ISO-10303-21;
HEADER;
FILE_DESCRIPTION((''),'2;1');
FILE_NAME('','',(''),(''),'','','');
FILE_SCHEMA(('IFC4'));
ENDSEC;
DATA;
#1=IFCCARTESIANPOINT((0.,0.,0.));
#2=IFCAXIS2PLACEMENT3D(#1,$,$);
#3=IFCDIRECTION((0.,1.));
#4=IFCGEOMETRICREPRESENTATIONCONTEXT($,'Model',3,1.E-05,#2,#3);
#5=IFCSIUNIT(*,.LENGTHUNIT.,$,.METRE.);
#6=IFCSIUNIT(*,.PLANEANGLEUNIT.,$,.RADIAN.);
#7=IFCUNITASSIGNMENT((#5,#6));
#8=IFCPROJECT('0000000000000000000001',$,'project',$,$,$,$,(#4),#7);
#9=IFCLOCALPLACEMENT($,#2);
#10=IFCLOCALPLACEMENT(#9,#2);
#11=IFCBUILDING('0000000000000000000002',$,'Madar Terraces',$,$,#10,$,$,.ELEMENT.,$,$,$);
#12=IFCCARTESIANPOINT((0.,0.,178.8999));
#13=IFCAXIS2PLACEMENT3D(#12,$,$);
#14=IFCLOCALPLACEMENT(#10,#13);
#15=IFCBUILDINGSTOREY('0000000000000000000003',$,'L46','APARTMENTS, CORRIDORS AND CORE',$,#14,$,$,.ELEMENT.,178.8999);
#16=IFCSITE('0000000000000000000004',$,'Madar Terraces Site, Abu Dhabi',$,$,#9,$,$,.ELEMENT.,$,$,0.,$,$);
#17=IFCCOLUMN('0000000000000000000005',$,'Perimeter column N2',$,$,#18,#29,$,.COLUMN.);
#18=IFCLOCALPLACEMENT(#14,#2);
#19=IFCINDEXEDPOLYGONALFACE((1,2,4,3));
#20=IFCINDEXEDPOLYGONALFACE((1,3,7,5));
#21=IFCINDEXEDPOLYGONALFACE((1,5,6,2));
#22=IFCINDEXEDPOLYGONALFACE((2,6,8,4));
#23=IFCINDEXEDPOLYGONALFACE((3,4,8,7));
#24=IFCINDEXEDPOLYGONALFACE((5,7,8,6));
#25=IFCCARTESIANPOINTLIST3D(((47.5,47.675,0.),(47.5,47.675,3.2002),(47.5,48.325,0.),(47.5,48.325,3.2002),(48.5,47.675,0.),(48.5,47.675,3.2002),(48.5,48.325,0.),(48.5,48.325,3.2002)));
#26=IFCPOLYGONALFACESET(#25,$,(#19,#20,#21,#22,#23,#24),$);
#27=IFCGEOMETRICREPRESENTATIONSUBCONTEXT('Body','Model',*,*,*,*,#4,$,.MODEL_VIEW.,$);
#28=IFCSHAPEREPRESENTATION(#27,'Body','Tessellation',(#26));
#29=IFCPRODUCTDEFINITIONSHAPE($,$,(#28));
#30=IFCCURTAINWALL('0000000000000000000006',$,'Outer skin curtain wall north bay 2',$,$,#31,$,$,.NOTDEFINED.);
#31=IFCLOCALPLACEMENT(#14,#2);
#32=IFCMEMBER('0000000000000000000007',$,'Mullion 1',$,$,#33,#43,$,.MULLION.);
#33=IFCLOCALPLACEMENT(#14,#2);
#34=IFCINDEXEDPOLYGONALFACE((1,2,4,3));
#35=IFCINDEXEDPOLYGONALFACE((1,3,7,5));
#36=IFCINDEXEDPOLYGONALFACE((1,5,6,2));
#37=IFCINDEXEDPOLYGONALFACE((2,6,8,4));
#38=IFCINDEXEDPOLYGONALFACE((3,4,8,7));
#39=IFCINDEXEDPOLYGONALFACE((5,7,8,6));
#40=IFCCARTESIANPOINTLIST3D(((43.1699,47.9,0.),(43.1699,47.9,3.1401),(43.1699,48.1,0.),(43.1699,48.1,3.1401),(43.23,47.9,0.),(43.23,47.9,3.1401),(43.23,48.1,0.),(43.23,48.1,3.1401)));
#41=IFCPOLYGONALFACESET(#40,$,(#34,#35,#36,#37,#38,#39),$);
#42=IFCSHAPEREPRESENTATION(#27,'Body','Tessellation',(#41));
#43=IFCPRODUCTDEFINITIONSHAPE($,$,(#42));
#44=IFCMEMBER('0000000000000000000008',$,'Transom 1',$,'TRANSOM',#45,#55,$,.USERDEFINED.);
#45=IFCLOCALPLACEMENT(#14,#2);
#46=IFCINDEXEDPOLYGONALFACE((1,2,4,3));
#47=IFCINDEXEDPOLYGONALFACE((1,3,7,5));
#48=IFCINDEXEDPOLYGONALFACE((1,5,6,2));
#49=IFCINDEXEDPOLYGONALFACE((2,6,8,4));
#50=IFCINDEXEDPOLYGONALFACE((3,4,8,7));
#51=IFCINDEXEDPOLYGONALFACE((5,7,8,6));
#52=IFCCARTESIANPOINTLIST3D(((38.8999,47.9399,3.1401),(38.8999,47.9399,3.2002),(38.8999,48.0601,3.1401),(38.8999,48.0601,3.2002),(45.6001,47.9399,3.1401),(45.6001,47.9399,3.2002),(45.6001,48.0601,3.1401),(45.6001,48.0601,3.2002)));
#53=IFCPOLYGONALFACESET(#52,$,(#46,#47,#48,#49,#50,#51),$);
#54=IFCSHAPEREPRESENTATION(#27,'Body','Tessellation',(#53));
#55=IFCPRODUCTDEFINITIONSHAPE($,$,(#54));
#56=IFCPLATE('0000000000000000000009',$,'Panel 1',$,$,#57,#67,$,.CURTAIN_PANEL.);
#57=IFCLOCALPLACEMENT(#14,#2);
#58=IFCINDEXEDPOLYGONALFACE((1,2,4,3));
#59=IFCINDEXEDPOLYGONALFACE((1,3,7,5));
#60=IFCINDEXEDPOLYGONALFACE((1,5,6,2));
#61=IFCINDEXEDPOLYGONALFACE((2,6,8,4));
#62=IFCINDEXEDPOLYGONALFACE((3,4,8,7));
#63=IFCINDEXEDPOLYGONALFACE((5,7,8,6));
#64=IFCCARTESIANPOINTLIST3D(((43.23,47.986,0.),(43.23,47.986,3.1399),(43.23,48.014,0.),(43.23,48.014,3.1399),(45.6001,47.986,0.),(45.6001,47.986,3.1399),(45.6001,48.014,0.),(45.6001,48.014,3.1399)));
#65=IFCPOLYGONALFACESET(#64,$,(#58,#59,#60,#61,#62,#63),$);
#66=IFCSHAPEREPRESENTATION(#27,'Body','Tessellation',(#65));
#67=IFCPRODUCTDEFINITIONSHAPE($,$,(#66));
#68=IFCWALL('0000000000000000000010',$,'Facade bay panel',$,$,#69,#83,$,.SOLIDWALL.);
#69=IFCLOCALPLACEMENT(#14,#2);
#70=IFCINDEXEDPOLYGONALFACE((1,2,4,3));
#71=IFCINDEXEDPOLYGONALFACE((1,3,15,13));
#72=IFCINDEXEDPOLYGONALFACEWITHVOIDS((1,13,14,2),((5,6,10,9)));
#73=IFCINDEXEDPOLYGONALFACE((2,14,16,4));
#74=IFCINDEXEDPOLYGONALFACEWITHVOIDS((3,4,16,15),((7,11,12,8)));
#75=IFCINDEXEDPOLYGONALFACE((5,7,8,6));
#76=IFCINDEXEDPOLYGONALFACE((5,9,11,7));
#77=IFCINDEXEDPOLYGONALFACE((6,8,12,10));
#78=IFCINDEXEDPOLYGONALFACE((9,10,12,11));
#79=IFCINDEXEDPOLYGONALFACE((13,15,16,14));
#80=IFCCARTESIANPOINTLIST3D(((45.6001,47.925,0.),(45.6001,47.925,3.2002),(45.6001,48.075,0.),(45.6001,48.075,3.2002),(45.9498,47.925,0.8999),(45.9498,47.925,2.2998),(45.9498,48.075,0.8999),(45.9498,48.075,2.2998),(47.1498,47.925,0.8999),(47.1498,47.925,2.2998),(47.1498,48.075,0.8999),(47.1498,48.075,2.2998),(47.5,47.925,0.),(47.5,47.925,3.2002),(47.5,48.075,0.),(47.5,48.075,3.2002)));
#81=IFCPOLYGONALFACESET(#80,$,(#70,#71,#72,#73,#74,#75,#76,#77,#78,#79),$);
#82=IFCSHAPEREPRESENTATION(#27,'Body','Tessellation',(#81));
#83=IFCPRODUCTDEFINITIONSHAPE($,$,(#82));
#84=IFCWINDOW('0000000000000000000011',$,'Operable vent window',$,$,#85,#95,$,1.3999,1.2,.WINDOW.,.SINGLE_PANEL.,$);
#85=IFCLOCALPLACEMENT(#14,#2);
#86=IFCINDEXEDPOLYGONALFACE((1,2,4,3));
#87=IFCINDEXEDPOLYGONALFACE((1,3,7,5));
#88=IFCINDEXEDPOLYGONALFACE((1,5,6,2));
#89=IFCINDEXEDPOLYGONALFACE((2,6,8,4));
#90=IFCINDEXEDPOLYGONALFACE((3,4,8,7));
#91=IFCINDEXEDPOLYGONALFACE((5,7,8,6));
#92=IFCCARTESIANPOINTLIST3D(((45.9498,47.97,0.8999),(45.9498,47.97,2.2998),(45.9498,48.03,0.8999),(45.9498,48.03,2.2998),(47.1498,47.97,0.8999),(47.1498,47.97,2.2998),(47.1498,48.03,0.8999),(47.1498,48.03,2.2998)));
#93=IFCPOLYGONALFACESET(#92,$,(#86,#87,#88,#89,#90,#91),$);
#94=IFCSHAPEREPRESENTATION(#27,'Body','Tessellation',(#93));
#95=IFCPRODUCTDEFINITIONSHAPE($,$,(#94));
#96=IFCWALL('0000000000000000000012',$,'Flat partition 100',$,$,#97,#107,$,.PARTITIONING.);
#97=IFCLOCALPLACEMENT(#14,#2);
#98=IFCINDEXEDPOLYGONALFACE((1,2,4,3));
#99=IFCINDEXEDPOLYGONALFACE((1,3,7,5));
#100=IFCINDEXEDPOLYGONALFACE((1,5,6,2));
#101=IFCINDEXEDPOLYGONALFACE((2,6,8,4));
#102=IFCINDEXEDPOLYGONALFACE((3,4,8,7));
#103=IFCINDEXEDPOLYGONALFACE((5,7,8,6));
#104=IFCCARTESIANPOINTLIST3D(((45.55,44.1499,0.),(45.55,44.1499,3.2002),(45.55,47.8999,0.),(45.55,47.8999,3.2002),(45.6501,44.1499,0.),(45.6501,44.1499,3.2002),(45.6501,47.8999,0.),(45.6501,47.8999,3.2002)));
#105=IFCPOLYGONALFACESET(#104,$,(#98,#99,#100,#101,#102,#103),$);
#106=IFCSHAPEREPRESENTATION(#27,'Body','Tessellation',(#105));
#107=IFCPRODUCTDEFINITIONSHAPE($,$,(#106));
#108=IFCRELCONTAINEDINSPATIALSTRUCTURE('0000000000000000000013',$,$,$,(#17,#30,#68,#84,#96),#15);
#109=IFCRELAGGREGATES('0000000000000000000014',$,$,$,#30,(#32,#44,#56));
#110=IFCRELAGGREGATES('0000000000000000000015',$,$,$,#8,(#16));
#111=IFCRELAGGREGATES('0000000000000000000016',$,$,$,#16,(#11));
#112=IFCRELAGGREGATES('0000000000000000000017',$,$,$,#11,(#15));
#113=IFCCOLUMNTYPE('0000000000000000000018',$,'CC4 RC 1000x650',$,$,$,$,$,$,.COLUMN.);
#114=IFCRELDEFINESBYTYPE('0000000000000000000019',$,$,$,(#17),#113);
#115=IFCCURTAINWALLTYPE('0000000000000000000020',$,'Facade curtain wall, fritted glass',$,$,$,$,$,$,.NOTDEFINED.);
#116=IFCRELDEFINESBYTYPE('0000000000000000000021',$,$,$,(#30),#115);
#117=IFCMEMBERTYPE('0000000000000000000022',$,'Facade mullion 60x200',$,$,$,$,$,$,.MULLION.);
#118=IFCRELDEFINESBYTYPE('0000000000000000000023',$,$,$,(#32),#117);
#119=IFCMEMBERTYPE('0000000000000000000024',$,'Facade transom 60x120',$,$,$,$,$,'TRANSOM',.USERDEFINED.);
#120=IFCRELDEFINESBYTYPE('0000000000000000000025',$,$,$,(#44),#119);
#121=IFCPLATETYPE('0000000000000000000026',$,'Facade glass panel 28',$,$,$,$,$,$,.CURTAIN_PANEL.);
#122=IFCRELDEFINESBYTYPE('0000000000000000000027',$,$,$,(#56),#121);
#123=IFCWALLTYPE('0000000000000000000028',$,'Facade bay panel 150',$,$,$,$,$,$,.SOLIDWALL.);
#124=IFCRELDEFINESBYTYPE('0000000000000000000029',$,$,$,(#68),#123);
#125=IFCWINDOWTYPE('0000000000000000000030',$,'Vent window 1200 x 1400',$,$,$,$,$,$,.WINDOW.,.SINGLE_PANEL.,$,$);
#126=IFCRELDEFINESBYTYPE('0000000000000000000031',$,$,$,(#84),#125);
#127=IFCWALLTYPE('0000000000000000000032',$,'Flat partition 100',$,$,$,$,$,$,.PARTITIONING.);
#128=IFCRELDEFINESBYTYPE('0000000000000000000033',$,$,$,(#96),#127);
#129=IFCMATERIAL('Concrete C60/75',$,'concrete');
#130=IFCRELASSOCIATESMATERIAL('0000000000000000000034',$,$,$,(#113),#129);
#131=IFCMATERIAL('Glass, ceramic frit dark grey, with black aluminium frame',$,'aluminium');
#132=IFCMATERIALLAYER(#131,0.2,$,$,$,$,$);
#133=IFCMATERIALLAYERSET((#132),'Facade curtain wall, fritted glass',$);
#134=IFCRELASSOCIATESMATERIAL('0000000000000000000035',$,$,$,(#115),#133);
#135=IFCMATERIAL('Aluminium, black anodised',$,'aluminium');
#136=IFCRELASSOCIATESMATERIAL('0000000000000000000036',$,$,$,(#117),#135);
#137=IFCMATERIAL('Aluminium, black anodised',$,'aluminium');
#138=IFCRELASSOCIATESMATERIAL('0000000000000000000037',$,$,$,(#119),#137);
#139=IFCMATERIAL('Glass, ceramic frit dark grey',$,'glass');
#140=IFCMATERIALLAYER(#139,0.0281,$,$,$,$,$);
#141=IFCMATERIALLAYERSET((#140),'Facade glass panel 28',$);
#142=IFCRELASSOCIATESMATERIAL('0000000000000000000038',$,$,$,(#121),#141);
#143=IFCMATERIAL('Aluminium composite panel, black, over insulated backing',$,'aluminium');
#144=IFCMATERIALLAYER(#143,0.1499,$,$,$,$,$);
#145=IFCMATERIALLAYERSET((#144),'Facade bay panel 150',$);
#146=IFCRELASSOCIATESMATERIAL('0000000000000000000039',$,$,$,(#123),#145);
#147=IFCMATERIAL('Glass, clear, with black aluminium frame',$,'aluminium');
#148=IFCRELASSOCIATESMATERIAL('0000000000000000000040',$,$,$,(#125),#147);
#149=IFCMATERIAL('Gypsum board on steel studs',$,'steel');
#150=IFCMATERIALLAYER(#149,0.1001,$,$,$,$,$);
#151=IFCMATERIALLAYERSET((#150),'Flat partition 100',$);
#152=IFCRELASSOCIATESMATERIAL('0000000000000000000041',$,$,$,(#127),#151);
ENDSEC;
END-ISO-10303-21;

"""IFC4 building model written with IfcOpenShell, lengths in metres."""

from ifc_helpers import new_model, si_unit, direction, frame, frame_2d, origin, origin_2d, place, context, subcontext, project, spatial, rectangle, extrude, material, layer, layer_set, material_profile, profile_set, type_object, element, fill, aggregate, save


model = new_model("IFC4")

# Units and contexts
model_context = context("Model", 3, precision=1e-05, world=origin(), true_north=direction((0.0, 1.0)))
body_context = subcontext(model_context, "Body", "Model", "MODEL_VIEW")
ifc_project = project(units=[si_unit("LENGTHUNIT", "METRE"), si_unit("PLANEANGLEUNIT", "RADIAN")], contexts=[model_context])

# Site, building, storey
site_placement = place(None, origin())
site = spatial("IfcSite", under=ifc_project, at=site_placement, Name="Madar Terraces Site, Abu Dhabi", CompositionType="ELEMENT", RefElevation=0.0)
building_placement = place(site_placement, origin())
building = spatial("IfcBuilding", under=site, at=building_placement, Name="Madar Terraces", CompositionType="ELEMENT")
storey_placement = place(building_placement, frame((0.0, 0.0, 178.8999)))
storey = spatial("IfcBuildingStorey", under=building, at=storey_placement, Name="L46", Description="APARTMENTS, CORRIDORS AND CORE", CompositionType="ELEMENT", Elevation=178.8999)

# Column
ifc_material_1 = material(Name="Concrete C60/75", Category="concrete")
ifc_material_profile_1 = material_profile(ifc_material_1, rectangle(XDim=1.0, YDim=0.6499, at=origin_2d()), Name="CC4 RC 1000x650")
ifc_profile_set_1 = profile_set([ifc_material_profile_1], Name="Concrete C60/75")
column_type = type_object("IfcColumnType", Name="CC4 RC 1000x650", PredefinedType="COLUMN", material=ifc_profile_set_1)
column_placement = place(storey_placement, frame((48.0, 48.0, 0.0), z_axis=(0.0, 0.0, 1.0), x_axis=(1.0, 0.0, 0.0)))
element("IfcColumn", 1, at=column_placement, inside=storey, type_object=column_type, Name="Perimeter column N2", PredefinedType="COLUMN", context=body_context, shape_type="SweptSolid", body=[
    extrude(rectangle(XDim=1.0, YDim=0.6499, at=origin_2d()), origin(), (0.0, 0.0, 1.0), 3.2002),
])

# Curtain wall, members, plate
ifc_material_2 = material(Name="Glass, ceramic frit dark grey, with black aluminium frame", Category="aluminium")
ifc_layer_1 = layer(ifc_material_2, 0.2)
ifc_layer_set_1 = layer_set([ifc_layer_1], Name="Facade curtain wall, fritted glass")
curtain_wall_type = type_object("IfcCurtainWallType", Name="Facade curtain wall, fritted glass", PredefinedType="NOTDEFINED", material=ifc_layer_set_1)
curtain_wall_placement = place(storey_placement, origin())
curtain_wall = element("IfcCurtainWall", 2, at=curtain_wall_placement, inside=storey, type_object=curtain_wall_type, Name="Outer skin curtain wall north bay 2", PredefinedType="NOTDEFINED")
ifc_material_3 = material(Name="Aluminium, black anodised", Category="aluminium")
ifc_material_profile_2 = material_profile(ifc_material_3, rectangle(XDim=0.2, YDim=0.0601, at=origin_2d()), Name="Facade mullion 60x200")
ifc_profile_set_2 = profile_set([ifc_material_profile_2], Name="Aluminium, black anodised")
member_type_1 = type_object("IfcMemberType", Name="Facade mullion 60x200", PredefinedType="MULLION", material=ifc_profile_set_2)
member_1_placement = place(storey_placement, frame((43.2, 48.0, 0.0), z_axis=(0.0, 0.0, 1.0), x_axis=(0.0, -1.0, 0.0)))
member_1 = element("IfcMember", 3, at=member_1_placement, type_object=member_type_1, Name="Mullion 1", PredefinedType="MULLION", context=body_context, shape_type="SweptSolid", body=[
    extrude(rectangle(XDim=0.2, YDim=0.0601, at=origin_2d()), origin(), (0.0, 0.0, 1.0), 3.1401),
])
ifc_material_4 = material(Name="Aluminium, black anodised", Category="aluminium")
ifc_material_profile_3 = material_profile(ifc_material_4, rectangle(XDim=0.1201, YDim=0.0601, at=origin_2d()), Name="Facade transom 60x120")
ifc_profile_set_3 = profile_set([ifc_material_profile_3], Name="Aluminium, black anodised")
member_type_2 = type_object("IfcMemberType", Name="Facade transom 60x120", ElementType="TRANSOM", PredefinedType="USERDEFINED", material=ifc_profile_set_3)
member_2_placement = place(storey_placement, frame((45.6001, 48.0, 3.1702), z_axis=(-1.0, 0.0, 0.0), x_axis=(0.0, -1.0, 0.0)))
member_2 = element("IfcMember", 4, at=member_2_placement, type_object=member_type_2, Name="Transom 1", ObjectType="TRANSOM", PredefinedType="USERDEFINED", context=body_context, shape_type="SweptSolid", body=[
    extrude(rectangle(XDim=0.1201, YDim=0.0601, at=origin_2d()), origin(), (0.0, 0.0, 1.0), 6.7002),
])
ifc_material_5 = material(Name="Glass, ceramic frit dark grey", Category="glass")
ifc_layer_2 = layer(ifc_material_5, 0.0281)
ifc_layer_set_2 = layer_set([ifc_layer_2], Name="Facade glass panel 28")
plate_type = type_object("IfcPlateType", Name="Facade glass panel 28", PredefinedType="CURTAIN_PANEL", material=ifc_layer_set_2)
plate_placement = place(storey_placement, frame((44.415, 48.0, 0.0), z_axis=(0.0, 0.0, 1.0), x_axis=(-1.0, 0.0, 0.0)))
plate = element("IfcPlate", 5, at=plate_placement, type_object=plate_type, Name="Panel 1", PredefinedType="CURTAIN_PANEL", context=body_context, shape_type="SweptSolid", body=[
    extrude(rectangle(XDim=2.3701, YDim=0.0281, at=origin_2d()), origin(), (0.0, 0.0, 1.0), 3.1399),
])
aggregate(curtain_wall, [member_1, member_2, plate])

# Wall, opening, window
ifc_material_6 = material(Name="Aluminium composite panel, black, over insulated backing", Category="aluminium")
ifc_layer_3 = layer(ifc_material_6, 0.1499)
ifc_layer_set_3 = layer_set([ifc_layer_3], Name="Facade bay panel 150")
wall_type_1 = type_object("IfcWallType", Name="Facade bay panel 150", PredefinedType="SOLIDWALL", material=ifc_layer_set_3)
wall_1_placement = place(storey_placement, frame((47.5, 48.0, 0.0), z_axis=(0.0, 0.0, 1.0), x_axis=(-1.0, 0.0, 0.0)))
wall_1 = element("IfcWall", 6, at=wall_1_placement, inside=storey, type_object=wall_type_1, Name="Facade bay panel", PredefinedType="SOLIDWALL", context=body_context, shape_type="SweptSolid", body=[
    extrude(rectangle(XDim=1.8999, YDim=0.1499, at=frame_2d((0.95, 0.0))), origin(), (0.0, 0.0, 1.0), 3.2002),
])
opening_1_placement = place(wall_1_placement, frame((0.3501, 0.0, 0.8999)))
opening_1 = element("IfcOpeningElement", 7, at=opening_1_placement, cuts=wall_1, PredefinedType="OPENING", context=body_context, shape_type="SweptSolid", body=[
    extrude(rectangle(XDim=1.2, YDim=1.3999, at=frame_2d((0.6001, 0.7))), frame((0.0, 0.085, 0.0), z_axis=(0.0, -1.0, 0.0), x_axis=(1.0, 0.0, 0.0)), (0.0, 0.0, 1.0), 0.1699),
])
ifc_material_7 = material(Name="Glass, clear, with black aluminium frame", Category="aluminium")
window_type = type_object("IfcWindowType", Name="Vent window 1200 x 1400", PartitioningType="SINGLE_PANEL", PredefinedType="WINDOW", material=ifc_material_7)
window_placement = place(opening_1_placement, origin())
window = element("IfcWindow", 8, at=window_placement, inside=storey, type_object=window_type, Name="Operable vent window", OverallHeight=1.3999, OverallWidth=1.2, PartitioningType="SINGLE_PANEL", PredefinedType="WINDOW", context=body_context, shape_type="SweptSolid", body=[
    extrude(rectangle(XDim=1.2, YDim=1.3999, at=frame_2d((0.6001, 0.7))), frame((0.0, 0.03, 0.0), z_axis=(0.0, -1.0, 0.0), x_axis=(1.0, 0.0, 0.0)), (0.0, 0.0, 1.0), 0.0601),
])
fill(opening_1, window)

# Wall
ifc_material_8 = material(Name="Gypsum board on steel studs", Category="steel")
ifc_layer_4 = layer(ifc_material_8, 0.1001)
ifc_layer_set_4 = layer_set([ifc_layer_4], Name="Flat partition 100")
wall_type_2 = type_object("IfcWallType", Name="Flat partition 100", PredefinedType="PARTITIONING", material=ifc_layer_set_4)
wall_2_placement = place(storey_placement, frame((45.6001, 44.1499, 0.0), z_axis=(0.0, 0.0, 1.0), x_axis=(0.0, 1.0, 0.0)))
element("IfcWall", 9, at=wall_2_placement, inside=storey, type_object=wall_type_2, Name="Flat partition 100", PredefinedType="PARTITIONING", context=body_context, shape_type="SweptSolid", body=[
    extrude(rectangle(XDim=3.75, YDim=0.1001, at=frame_2d((1.875, 0.0))), origin(), (0.0, 0.0, 1.0), 3.2002),
])

save(model, "model.ifc")
